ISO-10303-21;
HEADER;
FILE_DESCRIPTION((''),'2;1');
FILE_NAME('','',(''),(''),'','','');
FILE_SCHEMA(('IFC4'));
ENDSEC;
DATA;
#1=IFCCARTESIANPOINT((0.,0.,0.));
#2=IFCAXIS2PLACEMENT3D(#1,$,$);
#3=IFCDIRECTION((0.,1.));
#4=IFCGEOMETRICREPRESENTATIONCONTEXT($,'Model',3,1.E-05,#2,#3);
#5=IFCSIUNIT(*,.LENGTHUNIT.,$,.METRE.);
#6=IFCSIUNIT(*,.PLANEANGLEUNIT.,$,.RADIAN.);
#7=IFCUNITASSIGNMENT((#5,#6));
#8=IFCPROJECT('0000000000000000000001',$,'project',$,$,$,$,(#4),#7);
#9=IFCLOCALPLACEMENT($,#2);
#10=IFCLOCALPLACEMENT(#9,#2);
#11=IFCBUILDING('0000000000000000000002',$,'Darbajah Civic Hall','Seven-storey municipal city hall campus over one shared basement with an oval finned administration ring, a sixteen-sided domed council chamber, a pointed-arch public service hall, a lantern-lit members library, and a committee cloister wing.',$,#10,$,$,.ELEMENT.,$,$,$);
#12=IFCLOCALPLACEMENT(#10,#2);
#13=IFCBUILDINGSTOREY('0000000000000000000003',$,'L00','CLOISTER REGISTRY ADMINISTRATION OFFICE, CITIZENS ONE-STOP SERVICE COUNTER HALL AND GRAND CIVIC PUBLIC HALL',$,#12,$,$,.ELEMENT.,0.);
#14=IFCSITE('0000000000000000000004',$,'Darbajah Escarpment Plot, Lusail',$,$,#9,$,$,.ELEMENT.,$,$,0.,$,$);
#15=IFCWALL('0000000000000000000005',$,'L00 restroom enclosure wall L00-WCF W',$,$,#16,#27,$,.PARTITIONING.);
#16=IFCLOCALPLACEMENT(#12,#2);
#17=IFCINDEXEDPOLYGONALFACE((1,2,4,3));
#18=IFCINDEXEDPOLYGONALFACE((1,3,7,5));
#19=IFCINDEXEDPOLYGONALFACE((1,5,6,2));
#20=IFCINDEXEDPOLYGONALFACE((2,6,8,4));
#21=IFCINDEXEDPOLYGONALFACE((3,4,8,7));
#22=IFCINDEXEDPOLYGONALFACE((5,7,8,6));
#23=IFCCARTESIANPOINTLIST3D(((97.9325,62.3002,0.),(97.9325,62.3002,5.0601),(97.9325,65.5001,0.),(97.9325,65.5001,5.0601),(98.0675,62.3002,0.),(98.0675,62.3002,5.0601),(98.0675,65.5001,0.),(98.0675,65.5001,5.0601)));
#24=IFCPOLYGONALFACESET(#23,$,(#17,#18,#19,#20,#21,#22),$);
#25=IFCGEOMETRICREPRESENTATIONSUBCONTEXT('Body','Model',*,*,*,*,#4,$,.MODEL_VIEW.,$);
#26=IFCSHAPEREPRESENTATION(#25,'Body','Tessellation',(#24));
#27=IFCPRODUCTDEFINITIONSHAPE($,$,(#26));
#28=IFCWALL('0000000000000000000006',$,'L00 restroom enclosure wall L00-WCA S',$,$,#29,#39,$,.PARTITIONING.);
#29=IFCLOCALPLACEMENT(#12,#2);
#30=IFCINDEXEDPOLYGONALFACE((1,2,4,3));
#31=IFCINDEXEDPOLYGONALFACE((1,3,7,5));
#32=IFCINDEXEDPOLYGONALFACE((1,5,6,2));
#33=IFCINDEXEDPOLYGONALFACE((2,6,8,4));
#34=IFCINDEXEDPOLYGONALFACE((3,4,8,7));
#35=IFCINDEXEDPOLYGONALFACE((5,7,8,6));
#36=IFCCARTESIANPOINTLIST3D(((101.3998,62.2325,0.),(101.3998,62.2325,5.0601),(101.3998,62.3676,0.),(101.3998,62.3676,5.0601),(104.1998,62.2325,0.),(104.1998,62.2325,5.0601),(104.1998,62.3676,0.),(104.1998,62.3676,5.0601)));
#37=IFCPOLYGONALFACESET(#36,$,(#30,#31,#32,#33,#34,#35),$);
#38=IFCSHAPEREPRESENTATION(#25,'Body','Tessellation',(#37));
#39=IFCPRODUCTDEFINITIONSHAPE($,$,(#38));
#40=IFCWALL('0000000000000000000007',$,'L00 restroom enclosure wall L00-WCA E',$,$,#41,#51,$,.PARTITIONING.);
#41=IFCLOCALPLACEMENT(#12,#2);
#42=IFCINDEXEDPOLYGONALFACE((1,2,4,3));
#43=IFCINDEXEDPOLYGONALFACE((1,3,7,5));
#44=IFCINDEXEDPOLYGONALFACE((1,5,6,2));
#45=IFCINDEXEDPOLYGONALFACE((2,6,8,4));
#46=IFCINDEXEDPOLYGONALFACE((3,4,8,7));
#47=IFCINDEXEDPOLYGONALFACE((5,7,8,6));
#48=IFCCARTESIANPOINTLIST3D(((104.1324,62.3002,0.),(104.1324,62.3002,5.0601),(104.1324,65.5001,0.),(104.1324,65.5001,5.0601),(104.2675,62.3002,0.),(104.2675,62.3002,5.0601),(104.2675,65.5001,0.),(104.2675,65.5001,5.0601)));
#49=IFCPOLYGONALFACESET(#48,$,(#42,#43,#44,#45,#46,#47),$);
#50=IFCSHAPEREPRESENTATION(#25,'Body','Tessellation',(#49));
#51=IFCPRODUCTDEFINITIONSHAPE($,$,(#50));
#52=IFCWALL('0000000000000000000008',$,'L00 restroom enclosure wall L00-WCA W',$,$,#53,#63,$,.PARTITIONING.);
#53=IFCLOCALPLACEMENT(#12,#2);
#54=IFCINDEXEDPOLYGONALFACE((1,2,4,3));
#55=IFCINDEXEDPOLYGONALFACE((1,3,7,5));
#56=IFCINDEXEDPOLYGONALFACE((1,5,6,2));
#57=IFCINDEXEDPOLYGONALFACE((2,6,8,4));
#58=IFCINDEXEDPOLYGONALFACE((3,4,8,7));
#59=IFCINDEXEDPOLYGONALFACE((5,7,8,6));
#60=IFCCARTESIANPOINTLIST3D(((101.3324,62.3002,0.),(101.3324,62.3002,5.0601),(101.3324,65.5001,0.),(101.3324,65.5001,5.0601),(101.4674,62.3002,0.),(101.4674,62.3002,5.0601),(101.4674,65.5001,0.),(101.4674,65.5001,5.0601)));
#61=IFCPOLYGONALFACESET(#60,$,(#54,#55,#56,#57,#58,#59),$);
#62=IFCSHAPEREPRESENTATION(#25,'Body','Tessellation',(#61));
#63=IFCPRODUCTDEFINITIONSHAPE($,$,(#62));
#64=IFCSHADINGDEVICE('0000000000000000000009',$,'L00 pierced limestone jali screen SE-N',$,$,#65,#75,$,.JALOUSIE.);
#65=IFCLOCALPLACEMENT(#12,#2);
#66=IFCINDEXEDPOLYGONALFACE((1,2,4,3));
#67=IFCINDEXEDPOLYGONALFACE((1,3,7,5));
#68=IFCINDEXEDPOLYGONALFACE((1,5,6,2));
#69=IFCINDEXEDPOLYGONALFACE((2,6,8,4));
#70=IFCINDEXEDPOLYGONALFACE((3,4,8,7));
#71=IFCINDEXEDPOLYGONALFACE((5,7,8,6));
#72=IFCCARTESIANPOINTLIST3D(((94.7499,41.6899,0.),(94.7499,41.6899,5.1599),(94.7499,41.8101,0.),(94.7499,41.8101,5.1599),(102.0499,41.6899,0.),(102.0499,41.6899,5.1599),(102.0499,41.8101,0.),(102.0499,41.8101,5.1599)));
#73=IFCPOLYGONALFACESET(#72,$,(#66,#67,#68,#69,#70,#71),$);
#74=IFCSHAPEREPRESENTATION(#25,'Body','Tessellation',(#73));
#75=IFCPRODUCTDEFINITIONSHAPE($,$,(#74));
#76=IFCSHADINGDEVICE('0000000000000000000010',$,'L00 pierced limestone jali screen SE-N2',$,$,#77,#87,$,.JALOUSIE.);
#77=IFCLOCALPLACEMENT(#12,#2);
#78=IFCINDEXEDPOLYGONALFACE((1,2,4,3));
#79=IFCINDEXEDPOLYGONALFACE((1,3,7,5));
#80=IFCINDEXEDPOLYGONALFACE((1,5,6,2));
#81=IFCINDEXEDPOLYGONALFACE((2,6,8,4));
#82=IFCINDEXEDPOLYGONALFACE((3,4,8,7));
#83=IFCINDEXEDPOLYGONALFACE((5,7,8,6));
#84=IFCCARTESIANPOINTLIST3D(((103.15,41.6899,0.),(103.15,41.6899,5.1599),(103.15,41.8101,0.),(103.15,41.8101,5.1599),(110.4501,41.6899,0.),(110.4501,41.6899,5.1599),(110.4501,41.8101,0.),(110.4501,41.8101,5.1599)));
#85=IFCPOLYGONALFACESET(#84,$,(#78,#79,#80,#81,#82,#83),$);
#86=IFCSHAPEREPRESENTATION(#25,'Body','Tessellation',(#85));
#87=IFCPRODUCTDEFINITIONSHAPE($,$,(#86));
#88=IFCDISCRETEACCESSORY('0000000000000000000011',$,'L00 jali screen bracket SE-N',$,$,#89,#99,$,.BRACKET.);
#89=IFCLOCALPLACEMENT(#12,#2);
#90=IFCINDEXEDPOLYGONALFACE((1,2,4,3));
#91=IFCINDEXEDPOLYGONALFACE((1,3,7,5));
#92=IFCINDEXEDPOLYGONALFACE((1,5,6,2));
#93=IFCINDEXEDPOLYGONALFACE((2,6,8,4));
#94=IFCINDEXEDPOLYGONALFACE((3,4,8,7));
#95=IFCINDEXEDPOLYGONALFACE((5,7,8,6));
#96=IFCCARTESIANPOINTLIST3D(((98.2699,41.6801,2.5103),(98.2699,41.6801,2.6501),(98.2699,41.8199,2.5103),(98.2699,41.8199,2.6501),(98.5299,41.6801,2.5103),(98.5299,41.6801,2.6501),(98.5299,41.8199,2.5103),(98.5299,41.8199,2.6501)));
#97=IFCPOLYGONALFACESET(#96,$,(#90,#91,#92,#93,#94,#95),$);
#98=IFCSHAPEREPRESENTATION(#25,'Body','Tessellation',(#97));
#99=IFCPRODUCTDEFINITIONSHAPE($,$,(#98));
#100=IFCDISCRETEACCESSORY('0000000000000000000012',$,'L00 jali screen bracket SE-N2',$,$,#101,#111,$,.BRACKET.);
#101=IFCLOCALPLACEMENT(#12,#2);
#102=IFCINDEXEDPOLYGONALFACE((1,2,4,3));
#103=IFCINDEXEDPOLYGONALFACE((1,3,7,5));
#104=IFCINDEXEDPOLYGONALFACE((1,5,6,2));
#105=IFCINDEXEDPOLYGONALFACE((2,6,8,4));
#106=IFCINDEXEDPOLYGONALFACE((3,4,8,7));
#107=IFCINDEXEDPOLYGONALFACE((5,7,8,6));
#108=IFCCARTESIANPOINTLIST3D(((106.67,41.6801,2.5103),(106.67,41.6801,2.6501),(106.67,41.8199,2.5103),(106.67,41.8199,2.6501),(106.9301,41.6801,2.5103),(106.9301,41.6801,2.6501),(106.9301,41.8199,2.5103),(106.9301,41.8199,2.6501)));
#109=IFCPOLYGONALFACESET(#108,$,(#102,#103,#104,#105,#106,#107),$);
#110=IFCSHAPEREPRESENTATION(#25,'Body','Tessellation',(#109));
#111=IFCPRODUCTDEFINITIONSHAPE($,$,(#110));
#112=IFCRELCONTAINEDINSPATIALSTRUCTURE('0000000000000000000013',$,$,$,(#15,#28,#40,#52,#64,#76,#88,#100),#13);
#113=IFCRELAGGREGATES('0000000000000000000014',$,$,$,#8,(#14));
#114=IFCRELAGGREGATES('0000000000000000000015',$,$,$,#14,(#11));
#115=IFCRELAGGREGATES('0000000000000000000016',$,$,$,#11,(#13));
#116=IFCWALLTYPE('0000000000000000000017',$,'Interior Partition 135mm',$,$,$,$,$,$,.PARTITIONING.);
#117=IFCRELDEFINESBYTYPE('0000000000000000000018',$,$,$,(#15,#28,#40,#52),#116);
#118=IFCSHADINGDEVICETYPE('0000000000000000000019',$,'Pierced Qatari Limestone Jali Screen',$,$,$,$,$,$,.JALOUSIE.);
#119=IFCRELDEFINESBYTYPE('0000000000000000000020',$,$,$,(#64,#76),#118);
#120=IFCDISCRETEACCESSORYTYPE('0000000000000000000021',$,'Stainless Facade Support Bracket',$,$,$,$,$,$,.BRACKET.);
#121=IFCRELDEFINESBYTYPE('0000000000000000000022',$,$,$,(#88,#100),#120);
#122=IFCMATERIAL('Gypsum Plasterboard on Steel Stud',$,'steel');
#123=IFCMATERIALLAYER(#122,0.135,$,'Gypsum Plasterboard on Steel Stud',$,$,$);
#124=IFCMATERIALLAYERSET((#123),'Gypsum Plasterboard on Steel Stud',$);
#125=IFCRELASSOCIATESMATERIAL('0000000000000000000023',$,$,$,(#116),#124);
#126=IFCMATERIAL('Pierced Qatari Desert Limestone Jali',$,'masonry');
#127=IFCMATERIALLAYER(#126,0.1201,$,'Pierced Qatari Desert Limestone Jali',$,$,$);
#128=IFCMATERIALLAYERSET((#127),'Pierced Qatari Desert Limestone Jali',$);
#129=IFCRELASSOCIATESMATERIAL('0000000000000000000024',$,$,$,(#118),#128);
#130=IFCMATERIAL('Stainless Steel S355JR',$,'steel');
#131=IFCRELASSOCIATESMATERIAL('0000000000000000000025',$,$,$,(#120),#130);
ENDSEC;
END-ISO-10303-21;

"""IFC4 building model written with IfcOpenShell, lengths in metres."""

from ifc_helpers import new_model, si_unit, direction, frame, frame_2d, origin, origin_2d, place, context, subcontext, project, spatial, rectangle, extrude, material, layer, layer_set, type_object, element, save


model = new_model("IFC4")

# Units and contexts
model_context = context("Model", 3, precision=1e-05, world=origin(), true_north=direction((0.0, 1.0)))
body_context = subcontext(model_context, "Body", "Model", "MODEL_VIEW")
ifc_project = project(units=[si_unit("LENGTHUNIT", "METRE"), si_unit("PLANEANGLEUNIT", "RADIAN")], contexts=[model_context])

# Site, building, storey
site_placement = place(None, origin())
site = spatial("IfcSite", under=ifc_project, at=site_placement, Name="Darbajah Escarpment Plot, Lusail", CompositionType="ELEMENT", RefElevation=0.0)
building_placement = place(site_placement, origin())
building = spatial("IfcBuilding", under=site, at=building_placement, Name="Darbajah Civic Hall", Description="Seven-storey municipal city hall campus over one shared basement with an oval finned administration ring, a sixteen-sided domed council chamber, a pointed-arch public service hall, a lantern-lit members library, and a committee cloister wing.", CompositionType="ELEMENT")
storey_placement = place(building_placement, origin())
storey = spatial("IfcBuildingStorey", under=building, at=storey_placement, Name="L00", Description="CLOISTER REGISTRY ADMINISTRATION OFFICE, CITIZENS ONE-STOP SERVICE COUNTER HALL AND GRAND CIVIC PUBLIC HALL", CompositionType="ELEMENT", Elevation=0.0)

# Walls
ifc_material_1 = material(Name="Gypsum Plasterboard on Steel Stud", Category="steel")
ifc_layer_1 = layer(ifc_material_1, 0.135, Name="Gypsum Plasterboard on Steel Stud")
ifc_layer_set_1 = layer_set([ifc_layer_1], Name="Gypsum Plasterboard on Steel Stud")
wall_type = type_object("IfcWallType", Name="Interior Partition 135mm", PredefinedType="PARTITIONING", material=ifc_layer_set_1)
for number, where, z_axis, x_axis, name in (
    (1, (98.0, 62.3, 0.0), (0.0, 0.0, 1.0), (0.0, 1.0, 0.0), "L00 restroom enclosure wall L00-WCF W"),
):
    element("IfcWall", number, at=place(storey_placement, frame(where, z_axis=z_axis, x_axis=x_axis)), inside=storey, type_object=wall_type, Name=name, PredefinedType="PARTITIONING", context=body_context, shape_type="SweptSolid", body=[
        extrude(rectangle(XDim=3.2, YDim=0.135, at=frame_2d((1.6001, 0.0))), origin(), (0.0, 0.0, 1.0), 5.0601),
    ])
wall_1_placement = place(storey_placement, frame((101.3999, 62.3, 0.0), z_axis=(0.0, 0.0, 1.0), x_axis=(1.0, 0.0, 0.0)))
element("IfcWall", 2, at=wall_1_placement, inside=storey, type_object=wall_type, Name="L00 restroom enclosure wall L00-WCA S", PredefinedType="PARTITIONING", context=body_context, shape_type="SweptSolid", body=[
    extrude(rectangle(XDim=2.8, YDim=0.135, at=frame_2d((1.3999, 0.0))), origin(), (0.0, 0.0, 1.0), 5.0601),
])
for number, where, z_axis, x_axis, name in (
    (3, (104.2, 62.3, 0.0), (0.0, 0.0, 1.0), (0.0, 1.0, 0.0), "L00 restroom enclosure wall L00-WCA E"),
    (4, (101.3999, 62.3, 0.0), (0.0, 0.0, 1.0), (0.0, 1.0, 0.0), "L00 restroom enclosure wall L00-WCA W"),
):
    element("IfcWall", number, at=place(storey_placement, frame(where, z_axis=z_axis, x_axis=x_axis)), inside=storey, type_object=wall_type, Name=name, PredefinedType="PARTITIONING", context=body_context, shape_type="SweptSolid", body=[
        extrude(rectangle(XDim=3.2, YDim=0.135, at=frame_2d((1.6001, 0.0))), origin(), (0.0, 0.0, 1.0), 5.0601),
    ])

# Shading devices
ifc_material_2 = material(Name="Pierced Qatari Desert Limestone Jali", Category="masonry")
ifc_layer_2 = layer(ifc_material_2, 0.1201, Name="Pierced Qatari Desert Limestone Jali")
ifc_layer_set_2 = layer_set([ifc_layer_2], Name="Pierced Qatari Desert Limestone Jali")
shading_device_type = type_object("IfcShadingDeviceType", Name="Pierced Qatari Limestone Jali Screen", PredefinedType="JALOUSIE", material=ifc_layer_set_2)
for number, where, z_axis, x_axis, name in (
    (5, (98.3999, 41.75, 0.0), (0.0, 0.0, 1.0), (1.0, 0.0, 0.0), "L00 pierced limestone jali screen SE-N"),
    (6, (106.8, 41.75, 0.0), (0.0, 0.0, 1.0), (1.0, 0.0, 0.0), "L00 pierced limestone jali screen SE-N2"),
):
    element("IfcShadingDevice", number, at=place(storey_placement, frame(where, z_axis=z_axis, x_axis=x_axis)), inside=storey, type_object=shading_device_type, Name=name, PredefinedType="JALOUSIE", context=body_context, shape_type="SweptSolid", body=[
        extrude(rectangle(XDim=7.3, YDim=0.1201, at=origin_2d()), origin(), (0.0, 0.0, 1.0), 5.1599),
    ])

# Discrete accessories
ifc_material_3 = material(Name="Stainless Steel S355JR", Category="steel")
discrete_accessory_type = type_object("IfcDiscreteAccessoryType", Name="Stainless Facade Support Bracket", PredefinedType="BRACKET", material=ifc_material_3)
for number, where, z_axis, x_axis, name in (
    (7, (98.3999, 41.75, 2.5103), (0.0, 0.0, 1.0), (1.0, 0.0, 0.0), "L00 jali screen bracket SE-N"),
    (8, (106.8, 41.75, 2.5103), (0.0, 0.0, 1.0), (1.0, 0.0, 0.0), "L00 jali screen bracket SE-N2"),
):
    element("IfcDiscreteAccessory", number, at=place(storey_placement, frame(where, z_axis=z_axis, x_axis=x_axis)), inside=storey, type_object=discrete_accessory_type, Name=name, PredefinedType="BRACKET", context=body_context, shape_type="SweptSolid", body=[
        extrude(rectangle(XDim=0.26, YDim=0.1399, at=origin_2d()), origin(), (0.0, 0.0, 1.0), 0.1399),
    ])

save(model, "model.ifc")
